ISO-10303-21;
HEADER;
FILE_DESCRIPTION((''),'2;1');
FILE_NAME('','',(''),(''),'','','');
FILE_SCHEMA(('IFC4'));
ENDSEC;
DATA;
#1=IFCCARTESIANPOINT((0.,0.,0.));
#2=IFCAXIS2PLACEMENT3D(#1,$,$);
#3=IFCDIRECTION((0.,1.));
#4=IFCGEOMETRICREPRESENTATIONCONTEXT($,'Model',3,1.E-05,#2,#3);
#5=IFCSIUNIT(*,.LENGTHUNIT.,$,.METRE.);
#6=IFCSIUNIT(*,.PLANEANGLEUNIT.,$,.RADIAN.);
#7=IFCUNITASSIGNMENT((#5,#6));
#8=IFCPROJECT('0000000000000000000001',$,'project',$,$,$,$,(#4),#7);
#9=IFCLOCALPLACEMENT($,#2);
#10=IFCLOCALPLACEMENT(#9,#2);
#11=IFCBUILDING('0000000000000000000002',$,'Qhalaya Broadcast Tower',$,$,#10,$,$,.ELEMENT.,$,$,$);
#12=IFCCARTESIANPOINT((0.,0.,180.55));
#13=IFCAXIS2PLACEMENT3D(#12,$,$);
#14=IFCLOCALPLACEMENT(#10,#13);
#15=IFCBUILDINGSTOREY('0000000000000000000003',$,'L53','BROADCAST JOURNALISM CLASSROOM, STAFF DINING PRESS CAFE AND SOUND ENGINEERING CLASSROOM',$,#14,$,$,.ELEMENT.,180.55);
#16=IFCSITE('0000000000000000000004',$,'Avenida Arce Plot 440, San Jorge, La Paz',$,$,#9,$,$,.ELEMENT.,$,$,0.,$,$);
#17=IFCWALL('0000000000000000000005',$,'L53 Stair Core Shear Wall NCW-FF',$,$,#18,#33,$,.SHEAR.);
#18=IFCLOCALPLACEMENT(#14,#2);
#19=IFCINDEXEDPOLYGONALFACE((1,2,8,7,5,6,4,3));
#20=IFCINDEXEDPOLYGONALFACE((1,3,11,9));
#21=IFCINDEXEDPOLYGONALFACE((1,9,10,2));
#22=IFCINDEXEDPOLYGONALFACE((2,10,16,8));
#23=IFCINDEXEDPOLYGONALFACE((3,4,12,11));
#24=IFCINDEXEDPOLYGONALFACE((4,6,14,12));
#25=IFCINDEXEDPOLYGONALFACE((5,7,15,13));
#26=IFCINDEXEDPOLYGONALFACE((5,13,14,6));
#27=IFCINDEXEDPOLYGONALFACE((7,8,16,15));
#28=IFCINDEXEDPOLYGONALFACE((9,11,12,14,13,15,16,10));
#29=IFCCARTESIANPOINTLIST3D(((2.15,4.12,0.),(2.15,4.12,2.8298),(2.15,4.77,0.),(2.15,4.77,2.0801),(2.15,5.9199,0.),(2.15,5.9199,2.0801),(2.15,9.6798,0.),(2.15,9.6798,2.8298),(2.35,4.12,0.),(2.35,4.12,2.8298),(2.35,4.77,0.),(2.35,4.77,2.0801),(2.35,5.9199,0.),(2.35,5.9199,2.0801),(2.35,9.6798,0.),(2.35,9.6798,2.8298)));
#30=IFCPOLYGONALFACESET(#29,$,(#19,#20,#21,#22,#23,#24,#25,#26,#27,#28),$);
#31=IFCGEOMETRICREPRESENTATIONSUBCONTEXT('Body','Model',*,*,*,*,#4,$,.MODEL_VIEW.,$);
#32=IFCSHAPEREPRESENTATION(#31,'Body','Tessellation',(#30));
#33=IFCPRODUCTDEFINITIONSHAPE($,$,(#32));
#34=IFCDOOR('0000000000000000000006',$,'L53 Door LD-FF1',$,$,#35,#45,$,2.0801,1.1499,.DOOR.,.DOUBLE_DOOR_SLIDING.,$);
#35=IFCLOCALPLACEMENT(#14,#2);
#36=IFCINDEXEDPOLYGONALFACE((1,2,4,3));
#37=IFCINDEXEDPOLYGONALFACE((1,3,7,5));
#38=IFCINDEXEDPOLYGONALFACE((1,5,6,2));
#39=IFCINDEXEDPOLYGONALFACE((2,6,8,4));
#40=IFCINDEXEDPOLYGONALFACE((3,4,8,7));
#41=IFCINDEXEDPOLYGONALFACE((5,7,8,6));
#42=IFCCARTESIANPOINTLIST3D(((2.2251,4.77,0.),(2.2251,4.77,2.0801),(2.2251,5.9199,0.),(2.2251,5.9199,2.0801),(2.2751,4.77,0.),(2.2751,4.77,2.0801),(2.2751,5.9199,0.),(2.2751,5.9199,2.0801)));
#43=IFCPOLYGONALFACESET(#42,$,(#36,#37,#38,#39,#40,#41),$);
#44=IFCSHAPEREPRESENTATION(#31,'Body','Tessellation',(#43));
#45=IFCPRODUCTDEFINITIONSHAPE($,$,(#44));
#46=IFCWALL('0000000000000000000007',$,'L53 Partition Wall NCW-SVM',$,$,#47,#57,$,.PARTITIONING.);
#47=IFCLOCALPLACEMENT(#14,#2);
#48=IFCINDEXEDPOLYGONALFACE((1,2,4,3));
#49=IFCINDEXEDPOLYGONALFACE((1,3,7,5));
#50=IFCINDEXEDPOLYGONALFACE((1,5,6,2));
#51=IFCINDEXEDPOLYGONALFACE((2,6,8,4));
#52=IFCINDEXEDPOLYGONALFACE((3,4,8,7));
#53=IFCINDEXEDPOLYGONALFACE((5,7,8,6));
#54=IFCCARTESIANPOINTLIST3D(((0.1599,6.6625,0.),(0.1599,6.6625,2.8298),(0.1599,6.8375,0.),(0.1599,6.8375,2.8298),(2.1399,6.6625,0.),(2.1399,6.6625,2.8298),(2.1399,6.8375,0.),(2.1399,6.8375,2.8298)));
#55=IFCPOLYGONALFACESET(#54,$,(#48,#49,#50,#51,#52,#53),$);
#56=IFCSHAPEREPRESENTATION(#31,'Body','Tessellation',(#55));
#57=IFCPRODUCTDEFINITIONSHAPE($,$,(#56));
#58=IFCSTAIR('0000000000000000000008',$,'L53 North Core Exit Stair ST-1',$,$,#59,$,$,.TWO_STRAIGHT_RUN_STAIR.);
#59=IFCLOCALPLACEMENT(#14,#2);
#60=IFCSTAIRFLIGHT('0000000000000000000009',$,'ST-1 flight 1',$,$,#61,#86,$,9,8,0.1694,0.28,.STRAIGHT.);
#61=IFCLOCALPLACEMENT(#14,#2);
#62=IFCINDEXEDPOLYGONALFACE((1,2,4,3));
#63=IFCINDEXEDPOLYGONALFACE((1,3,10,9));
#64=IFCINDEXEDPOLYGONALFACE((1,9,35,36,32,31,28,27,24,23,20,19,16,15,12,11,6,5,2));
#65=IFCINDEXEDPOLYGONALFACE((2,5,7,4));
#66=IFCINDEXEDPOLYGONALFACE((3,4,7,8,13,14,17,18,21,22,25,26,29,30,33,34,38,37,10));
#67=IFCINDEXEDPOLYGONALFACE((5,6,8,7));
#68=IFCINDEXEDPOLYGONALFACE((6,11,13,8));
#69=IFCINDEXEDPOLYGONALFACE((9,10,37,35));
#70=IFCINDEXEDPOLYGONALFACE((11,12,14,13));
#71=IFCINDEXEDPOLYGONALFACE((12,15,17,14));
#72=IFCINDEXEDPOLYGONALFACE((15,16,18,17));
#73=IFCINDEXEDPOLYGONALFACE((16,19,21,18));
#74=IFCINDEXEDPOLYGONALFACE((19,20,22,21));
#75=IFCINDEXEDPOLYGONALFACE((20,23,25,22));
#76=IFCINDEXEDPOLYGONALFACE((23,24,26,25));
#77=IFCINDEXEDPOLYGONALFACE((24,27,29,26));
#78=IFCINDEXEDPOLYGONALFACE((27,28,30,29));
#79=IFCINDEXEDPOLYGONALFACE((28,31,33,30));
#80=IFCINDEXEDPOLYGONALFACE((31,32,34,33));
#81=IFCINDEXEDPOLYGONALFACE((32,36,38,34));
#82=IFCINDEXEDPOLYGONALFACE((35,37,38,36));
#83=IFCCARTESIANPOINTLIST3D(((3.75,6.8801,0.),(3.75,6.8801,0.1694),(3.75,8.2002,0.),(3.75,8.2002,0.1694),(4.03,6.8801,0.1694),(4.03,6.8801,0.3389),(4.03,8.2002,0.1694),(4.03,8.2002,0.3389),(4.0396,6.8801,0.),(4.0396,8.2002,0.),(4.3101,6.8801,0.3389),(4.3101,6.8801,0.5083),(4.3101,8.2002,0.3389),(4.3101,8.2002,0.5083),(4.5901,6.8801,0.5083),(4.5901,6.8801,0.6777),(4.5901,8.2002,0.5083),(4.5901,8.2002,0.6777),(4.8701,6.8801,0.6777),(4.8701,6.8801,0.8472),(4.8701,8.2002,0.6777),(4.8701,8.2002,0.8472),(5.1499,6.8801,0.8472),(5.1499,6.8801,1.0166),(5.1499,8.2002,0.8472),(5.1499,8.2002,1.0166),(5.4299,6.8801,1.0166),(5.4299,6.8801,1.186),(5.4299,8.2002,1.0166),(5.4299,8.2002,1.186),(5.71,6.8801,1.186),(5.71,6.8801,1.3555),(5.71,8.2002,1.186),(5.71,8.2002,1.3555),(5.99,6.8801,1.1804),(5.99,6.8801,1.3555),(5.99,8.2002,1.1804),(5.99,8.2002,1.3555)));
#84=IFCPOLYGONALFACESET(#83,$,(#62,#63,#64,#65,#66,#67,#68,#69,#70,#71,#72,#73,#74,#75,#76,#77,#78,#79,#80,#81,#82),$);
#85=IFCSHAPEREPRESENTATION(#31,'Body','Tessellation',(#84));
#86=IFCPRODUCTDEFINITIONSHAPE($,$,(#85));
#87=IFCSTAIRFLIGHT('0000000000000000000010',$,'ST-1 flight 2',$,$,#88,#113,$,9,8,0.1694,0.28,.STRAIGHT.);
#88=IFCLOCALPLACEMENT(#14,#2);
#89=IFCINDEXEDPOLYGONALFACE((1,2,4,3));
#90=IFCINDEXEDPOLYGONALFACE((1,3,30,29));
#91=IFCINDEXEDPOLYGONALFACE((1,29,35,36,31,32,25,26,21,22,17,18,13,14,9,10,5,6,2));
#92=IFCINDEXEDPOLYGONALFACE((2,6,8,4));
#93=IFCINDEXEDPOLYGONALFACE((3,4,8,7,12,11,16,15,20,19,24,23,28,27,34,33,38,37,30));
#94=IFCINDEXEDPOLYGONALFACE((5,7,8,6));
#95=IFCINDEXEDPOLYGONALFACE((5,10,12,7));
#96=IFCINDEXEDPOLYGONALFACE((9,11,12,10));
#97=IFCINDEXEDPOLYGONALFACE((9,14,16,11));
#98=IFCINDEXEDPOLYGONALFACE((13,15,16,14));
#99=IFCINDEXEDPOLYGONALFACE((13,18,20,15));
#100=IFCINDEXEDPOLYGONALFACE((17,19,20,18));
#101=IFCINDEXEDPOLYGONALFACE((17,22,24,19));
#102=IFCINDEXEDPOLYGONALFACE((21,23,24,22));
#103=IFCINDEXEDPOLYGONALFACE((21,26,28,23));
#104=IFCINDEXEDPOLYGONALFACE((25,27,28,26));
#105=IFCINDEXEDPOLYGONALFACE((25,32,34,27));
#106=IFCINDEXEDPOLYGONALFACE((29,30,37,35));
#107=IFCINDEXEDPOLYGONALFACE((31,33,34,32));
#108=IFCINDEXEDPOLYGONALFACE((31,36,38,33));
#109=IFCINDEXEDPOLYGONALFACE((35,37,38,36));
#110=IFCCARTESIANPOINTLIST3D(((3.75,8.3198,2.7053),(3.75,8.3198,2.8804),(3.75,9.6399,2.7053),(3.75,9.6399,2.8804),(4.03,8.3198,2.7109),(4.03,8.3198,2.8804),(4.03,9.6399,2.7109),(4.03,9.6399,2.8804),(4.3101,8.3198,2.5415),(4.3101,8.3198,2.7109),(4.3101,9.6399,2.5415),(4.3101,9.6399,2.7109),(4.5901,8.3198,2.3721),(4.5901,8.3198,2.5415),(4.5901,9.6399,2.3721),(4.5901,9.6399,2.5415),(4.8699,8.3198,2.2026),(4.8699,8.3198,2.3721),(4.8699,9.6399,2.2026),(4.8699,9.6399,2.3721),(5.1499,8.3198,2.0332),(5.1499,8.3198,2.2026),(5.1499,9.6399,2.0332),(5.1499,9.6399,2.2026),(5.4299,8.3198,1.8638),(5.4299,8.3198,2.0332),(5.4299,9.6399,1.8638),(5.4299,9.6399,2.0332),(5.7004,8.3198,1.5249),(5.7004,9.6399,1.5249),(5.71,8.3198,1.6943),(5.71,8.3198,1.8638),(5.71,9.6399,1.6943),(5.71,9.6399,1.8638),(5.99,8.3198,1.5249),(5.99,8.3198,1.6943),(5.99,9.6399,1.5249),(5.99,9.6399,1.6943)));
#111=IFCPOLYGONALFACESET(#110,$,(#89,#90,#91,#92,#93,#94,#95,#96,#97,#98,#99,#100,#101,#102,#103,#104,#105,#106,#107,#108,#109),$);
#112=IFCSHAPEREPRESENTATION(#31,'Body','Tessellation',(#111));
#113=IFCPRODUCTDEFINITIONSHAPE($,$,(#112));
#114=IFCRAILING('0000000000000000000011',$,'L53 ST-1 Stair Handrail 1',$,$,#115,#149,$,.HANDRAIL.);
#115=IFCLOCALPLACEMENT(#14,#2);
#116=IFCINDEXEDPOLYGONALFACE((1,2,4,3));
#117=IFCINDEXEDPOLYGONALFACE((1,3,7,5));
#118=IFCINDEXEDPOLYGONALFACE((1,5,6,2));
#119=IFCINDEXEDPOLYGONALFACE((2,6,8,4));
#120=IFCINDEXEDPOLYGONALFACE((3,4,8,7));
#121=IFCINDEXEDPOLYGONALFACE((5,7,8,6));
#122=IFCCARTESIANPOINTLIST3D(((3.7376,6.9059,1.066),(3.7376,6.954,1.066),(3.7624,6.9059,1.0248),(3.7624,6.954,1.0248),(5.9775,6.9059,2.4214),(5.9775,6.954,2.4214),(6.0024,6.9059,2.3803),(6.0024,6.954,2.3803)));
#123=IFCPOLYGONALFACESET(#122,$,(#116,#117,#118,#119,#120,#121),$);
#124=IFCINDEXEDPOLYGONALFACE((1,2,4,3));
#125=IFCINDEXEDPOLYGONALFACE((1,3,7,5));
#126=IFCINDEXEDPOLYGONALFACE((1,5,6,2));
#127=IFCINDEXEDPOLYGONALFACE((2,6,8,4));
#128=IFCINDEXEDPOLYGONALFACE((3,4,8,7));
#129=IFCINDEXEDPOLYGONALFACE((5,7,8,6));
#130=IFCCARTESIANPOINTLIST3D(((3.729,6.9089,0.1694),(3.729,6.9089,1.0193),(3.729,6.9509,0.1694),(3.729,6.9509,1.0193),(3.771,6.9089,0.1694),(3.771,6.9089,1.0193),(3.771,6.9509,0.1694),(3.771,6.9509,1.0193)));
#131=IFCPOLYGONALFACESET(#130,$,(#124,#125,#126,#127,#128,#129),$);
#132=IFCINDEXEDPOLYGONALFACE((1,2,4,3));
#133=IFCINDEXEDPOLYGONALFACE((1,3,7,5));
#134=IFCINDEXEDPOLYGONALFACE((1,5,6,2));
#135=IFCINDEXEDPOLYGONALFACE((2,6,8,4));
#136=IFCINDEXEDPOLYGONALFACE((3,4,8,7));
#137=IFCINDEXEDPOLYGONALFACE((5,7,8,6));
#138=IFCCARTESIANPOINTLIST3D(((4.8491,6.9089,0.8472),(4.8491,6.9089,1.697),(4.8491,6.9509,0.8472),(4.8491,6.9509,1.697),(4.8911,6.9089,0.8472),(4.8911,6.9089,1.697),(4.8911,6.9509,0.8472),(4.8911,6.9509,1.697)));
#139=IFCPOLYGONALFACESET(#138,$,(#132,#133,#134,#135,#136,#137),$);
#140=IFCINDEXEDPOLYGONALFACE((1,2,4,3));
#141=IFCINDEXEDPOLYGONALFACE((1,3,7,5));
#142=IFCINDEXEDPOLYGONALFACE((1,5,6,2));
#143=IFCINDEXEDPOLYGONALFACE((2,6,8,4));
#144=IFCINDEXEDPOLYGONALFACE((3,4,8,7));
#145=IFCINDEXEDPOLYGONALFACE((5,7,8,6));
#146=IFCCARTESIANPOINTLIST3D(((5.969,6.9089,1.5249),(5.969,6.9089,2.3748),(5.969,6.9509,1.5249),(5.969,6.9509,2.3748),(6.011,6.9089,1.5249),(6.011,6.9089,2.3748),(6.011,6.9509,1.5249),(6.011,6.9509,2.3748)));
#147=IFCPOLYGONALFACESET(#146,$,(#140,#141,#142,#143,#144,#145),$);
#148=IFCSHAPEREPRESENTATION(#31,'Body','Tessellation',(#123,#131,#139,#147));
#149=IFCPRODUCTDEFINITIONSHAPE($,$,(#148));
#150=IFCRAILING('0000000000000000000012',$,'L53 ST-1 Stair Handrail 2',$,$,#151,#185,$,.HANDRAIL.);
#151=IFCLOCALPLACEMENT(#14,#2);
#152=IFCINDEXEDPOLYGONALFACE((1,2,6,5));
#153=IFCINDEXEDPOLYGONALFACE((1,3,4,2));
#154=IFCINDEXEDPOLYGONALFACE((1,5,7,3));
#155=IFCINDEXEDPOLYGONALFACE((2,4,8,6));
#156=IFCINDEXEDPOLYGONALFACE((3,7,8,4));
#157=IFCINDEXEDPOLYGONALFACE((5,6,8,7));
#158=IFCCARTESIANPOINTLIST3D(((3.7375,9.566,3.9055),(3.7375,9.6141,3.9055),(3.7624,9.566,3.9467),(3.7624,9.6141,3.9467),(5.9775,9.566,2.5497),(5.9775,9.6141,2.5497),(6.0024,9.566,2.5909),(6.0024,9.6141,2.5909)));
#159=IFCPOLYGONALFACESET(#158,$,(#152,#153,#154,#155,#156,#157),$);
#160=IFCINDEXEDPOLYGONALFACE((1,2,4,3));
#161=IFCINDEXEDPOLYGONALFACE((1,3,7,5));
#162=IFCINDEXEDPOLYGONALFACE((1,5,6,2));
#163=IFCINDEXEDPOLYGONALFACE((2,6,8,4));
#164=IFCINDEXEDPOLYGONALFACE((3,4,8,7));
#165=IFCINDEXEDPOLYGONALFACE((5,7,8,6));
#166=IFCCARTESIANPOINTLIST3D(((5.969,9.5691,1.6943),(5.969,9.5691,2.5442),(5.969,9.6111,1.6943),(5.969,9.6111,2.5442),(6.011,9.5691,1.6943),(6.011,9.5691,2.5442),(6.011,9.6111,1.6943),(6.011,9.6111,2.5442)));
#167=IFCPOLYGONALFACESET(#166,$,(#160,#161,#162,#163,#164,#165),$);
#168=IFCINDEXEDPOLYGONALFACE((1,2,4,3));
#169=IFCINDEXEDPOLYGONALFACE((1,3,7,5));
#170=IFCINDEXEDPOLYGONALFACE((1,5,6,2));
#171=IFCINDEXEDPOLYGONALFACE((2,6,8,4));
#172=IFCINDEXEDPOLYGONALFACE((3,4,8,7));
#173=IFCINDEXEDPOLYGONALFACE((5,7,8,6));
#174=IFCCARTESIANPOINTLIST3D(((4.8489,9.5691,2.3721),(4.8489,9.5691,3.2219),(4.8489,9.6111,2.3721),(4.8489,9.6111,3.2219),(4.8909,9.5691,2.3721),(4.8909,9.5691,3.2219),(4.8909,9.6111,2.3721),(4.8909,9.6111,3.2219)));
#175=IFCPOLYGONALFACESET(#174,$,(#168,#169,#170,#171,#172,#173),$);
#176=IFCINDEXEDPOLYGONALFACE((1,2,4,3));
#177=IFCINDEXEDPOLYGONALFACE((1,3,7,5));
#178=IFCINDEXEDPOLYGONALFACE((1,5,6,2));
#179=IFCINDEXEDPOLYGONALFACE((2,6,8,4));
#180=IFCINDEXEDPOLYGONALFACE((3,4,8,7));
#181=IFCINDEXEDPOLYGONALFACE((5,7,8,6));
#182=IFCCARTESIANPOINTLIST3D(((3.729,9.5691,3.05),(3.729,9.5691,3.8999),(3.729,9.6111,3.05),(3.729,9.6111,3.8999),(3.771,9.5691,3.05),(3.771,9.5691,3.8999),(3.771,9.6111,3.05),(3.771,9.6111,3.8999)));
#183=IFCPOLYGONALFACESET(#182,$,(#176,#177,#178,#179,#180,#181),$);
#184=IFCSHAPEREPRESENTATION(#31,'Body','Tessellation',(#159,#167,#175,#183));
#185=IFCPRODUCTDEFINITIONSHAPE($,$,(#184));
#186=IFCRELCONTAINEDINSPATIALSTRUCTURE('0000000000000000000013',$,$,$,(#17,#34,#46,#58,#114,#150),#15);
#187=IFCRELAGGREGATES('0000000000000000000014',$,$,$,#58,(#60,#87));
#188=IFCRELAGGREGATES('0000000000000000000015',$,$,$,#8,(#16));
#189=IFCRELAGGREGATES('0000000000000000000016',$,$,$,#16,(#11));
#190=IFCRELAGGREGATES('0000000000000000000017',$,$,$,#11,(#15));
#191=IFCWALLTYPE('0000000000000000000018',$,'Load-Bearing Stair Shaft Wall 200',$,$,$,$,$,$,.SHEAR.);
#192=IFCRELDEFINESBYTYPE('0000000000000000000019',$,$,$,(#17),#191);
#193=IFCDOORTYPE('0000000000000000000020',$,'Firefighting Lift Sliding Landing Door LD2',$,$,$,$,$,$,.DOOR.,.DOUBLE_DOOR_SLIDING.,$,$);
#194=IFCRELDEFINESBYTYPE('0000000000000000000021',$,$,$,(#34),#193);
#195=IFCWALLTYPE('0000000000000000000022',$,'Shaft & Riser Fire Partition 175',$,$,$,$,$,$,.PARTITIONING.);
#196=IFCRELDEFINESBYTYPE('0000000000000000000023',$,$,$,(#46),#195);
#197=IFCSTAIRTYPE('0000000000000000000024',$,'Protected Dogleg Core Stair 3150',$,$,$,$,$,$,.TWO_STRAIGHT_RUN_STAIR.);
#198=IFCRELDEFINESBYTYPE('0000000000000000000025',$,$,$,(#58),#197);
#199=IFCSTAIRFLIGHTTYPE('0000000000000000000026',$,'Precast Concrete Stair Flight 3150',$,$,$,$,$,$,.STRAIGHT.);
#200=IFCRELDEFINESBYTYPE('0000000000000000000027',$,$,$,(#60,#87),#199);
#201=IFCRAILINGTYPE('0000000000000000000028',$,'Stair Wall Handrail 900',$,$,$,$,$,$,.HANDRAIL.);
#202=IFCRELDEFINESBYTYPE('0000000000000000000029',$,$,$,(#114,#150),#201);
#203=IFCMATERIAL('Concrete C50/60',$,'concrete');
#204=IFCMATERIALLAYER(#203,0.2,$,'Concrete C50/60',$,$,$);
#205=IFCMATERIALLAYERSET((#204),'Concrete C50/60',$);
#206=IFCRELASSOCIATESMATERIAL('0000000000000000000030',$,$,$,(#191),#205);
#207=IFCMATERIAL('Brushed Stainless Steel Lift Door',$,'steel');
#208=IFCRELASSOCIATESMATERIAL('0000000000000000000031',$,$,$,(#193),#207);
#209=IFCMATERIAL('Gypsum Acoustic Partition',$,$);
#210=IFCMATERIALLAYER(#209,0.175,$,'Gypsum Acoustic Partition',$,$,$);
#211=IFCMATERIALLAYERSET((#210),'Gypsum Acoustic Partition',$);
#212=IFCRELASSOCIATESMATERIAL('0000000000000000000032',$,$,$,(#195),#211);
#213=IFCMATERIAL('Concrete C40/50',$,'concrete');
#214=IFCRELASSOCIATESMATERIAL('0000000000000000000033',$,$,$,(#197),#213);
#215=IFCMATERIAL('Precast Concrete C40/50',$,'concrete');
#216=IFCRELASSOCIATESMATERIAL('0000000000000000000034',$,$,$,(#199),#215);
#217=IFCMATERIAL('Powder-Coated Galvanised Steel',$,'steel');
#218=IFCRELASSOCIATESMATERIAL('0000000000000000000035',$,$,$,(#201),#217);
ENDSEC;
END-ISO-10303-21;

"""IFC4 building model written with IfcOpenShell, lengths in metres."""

from ifc_helpers import new_model, si_unit, direction, frame, frame_2d, origin, origin_2d, place, context, subcontext, project, spatial, polyline, rectangle, outline, extrude, material, layer, layer_set, type_object, element, fill, aggregate, save


model = new_model("IFC4")

# Units and contexts
model_context = context("Model", 3, precision=1e-05, world=origin(), true_north=direction((0.0, 1.0)))
body_context = subcontext(model_context, "Body", "Model", "MODEL_VIEW")
ifc_project = project(units=[si_unit("LENGTHUNIT", "METRE"), si_unit("PLANEANGLEUNIT", "RADIAN")], contexts=[model_context])

# Site, building, storey
site_placement = place(None, origin())
site = spatial("IfcSite", under=ifc_project, at=site_placement, Name="Avenida Arce Plot 440, San Jorge, La Paz", CompositionType="ELEMENT", RefElevation=0.0)
building_placement = place(site_placement, origin())
building = spatial("IfcBuilding", under=site, at=building_placement, Name="Qhalaya Broadcast Tower", CompositionType="ELEMENT")
storey_placement = place(building_placement, frame((0.0, 0.0, 180.55)))
storey = spatial("IfcBuildingStorey", under=building, at=storey_placement, Name="L53", Description="BROADCAST JOURNALISM CLASSROOM, STAFF DINING PRESS CAFE AND SOUND ENGINEERING CLASSROOM", CompositionType="ELEMENT", Elevation=180.55)

# Shared definitions
ifc_material_1 = material(Name="Concrete C50/60", Category="concrete")

# Wall, opening, door
ifc_layer_1 = layer(ifc_material_1, 0.2, Name="Concrete C50/60")
ifc_layer_set_1 = layer_set([ifc_layer_1], Name="Concrete C50/60")
wall_type_1 = type_object("IfcWallType", Name="Load-Bearing Stair Shaft Wall 200", PredefinedType="SHEAR", material=ifc_layer_set_1)
wall_1_placement = place(storey_placement, frame((2.25, 4.1201, 0.0), z_axis=(0.0, 0.0, 1.0), x_axis=(0.0, 1.0, 0.0)))
wall_1 = element("IfcWall", 1, at=wall_1_placement, inside=storey, type_object=wall_type_1, Name="L53 Stair Core Shear Wall NCW-FF", PredefinedType="SHEAR", context=body_context, shape_type="SweptSolid", body=[
    extrude(rectangle(XDim=5.5598, YDim=0.2, at=frame_2d((2.7798, 0.0))), origin(), (0.0, 0.0, 1.0), 2.8298),
])
opening_1_placement = place(wall_1_placement, frame((0.6499, 0.0, 0.0)))
opening_1 = element("IfcOpeningElement", 2, at=opening_1_placement, cuts=wall_1, PredefinedType="OPENING", context=body_context, shape_type="SweptSolid", body=[
    extrude(rectangle(XDim=1.1499, YDim=2.0801, at=frame_2d((0.575, 1.04))), frame((0.0, 0.1121, 0.0), z_axis=(0.0, -1.0, 0.0), x_axis=(1.0, 0.0, 0.0)), (0.0, 0.0, 1.0), 0.2239),
])
ifc_material_2 = material(Name="Brushed Stainless Steel Lift Door", Category="steel")
door_type_1 = type_object("IfcDoorType", Name="Firefighting Lift Sliding Landing Door LD2", OperationType="DOUBLE_DOOR_SLIDING", PredefinedType="DOOR", material=ifc_material_2)
door_1_placement = place(opening_1_placement, origin())
door_1 = element("IfcDoor", 3, at=door_1_placement, inside=storey, type_object=door_type_1, Name="L53 Door LD-FF1", OperationType="DOUBLE_DOOR_SLIDING", OverallHeight=2.0801, OverallWidth=1.1499, PredefinedType="DOOR", context=body_context, shape_type="SweptSolid", body=[
    extrude(rectangle(XDim=1.1499, YDim=2.0801, at=frame_2d((0.575, 1.04))), frame((0.0, 0.0249, 0.0), z_axis=(0.0, -1.0, 0.0), x_axis=(1.0, 0.0, 0.0)), (0.0, 0.0, 1.0), 0.05),
])
fill(opening_1, door_1)
ifc_material_3 = material(Name="Gypsum Acoustic Partition")
ifc_layer_2 = layer(ifc_material_3, 0.175, Name="Gypsum Acoustic Partition")
ifc_layer_set_2 = layer_set([ifc_layer_2], Name="Gypsum Acoustic Partition")
wall_type_2 = type_object("IfcWallType", Name="Shaft & Riser Fire Partition 175", PredefinedType="PARTITIONING", material=ifc_layer_set_2)

# Wall
wall_2_placement = place(storey_placement, frame((0.1599, 6.75, 0.0), z_axis=(0.0, 0.0, 1.0), x_axis=(1.0, 0.0, 0.0)))
element("IfcWall", 4, at=wall_2_placement, inside=storey, type_object=wall_type_2, Name="L53 Partition Wall NCW-SVM", PredefinedType="PARTITIONING", context=body_context, shape_type="SweptSolid", body=[
    extrude(rectangle(XDim=1.98, YDim=0.175, at=frame_2d((0.99, 0.0))), origin(), (0.0, 0.0, 1.0), 2.8298),
])

# Stair, stair flights
ifc_material_4 = material(Name="Concrete C40/50", Category="concrete")
stair_type = type_object("IfcStairType", Name="Protected Dogleg Core Stair 3150", PredefinedType="TWO_STRAIGHT_RUN_STAIR", material=ifc_material_4)
stair_placement = place(storey_placement, origin())
stair = element("IfcStair", 5, at=stair_placement, inside=storey, type_object=stair_type, Name="L53 North Core Exit Stair ST-1", PredefinedType="TWO_STRAIGHT_RUN_STAIR")
ifc_material_5 = material(Name="Precast Concrete C40/50", Category="concrete")
stair_flight_type = type_object("IfcStairFlightType", Name="Precast Concrete Stair Flight 3150", PredefinedType="STRAIGHT", material=ifc_material_5)
stair_flight_1_placement = place(storey_placement, frame((3.75, 7.54, 0.0), z_axis=(0.0, 0.0, 1.0), x_axis=(1.0, 0.0, 0.0)))
stair_flight_1 = element("IfcStairFlight", 6, at=stair_flight_1_placement, type_object=stair_flight_type, Name="ST-1 flight 1", NumberOfRisers=9, NumberOfTreads=8, PredefinedType="STRAIGHT", RiserHeight=0.1694, TreadLength=0.28, context=body_context, shape_type="SweptSolid", body=[
    extrude(outline(polyline([(0.0, 0.0), (0.0, 0.1694), (0.28, 0.1694), (0.28, 0.3389), (0.5601, 0.3389), (0.5601, 0.5083), (0.8401, 0.5083), (0.8401, 0.6777), (1.1201, 0.6777), (1.1201, 0.8472), (1.3999, 0.8472), (1.3999, 1.0166), (1.6799, 1.0166), (1.6799, 1.186), (1.96, 1.186), (1.96, 1.3555), (2.24, 1.3555), (2.24, 1.5249), (2.24, 1.1804), (0.2896, 0.0), (0.0, 0.0)])), frame((0.0, 0.6602, 0.0), z_axis=(0.0, -1.0, 0.0), x_axis=(1.0, 0.0, 0.0)), (0.0, 0.0, 1.0), 1.3201),
])
stair_flight_2_placement = place(storey_placement, frame((5.99, 8.98, 1.5249), z_axis=(0.0, 0.0, 1.0), x_axis=(-1.0, 0.0, 0.0)))
stair_flight_2 = element("IfcStairFlight", 7, at=stair_flight_2_placement, type_object=stair_flight_type, Name="ST-1 flight 2", NumberOfRisers=9, NumberOfTreads=8, PredefinedType="STRAIGHT", RiserHeight=0.1694, TreadLength=0.28, context=body_context, shape_type="SweptSolid", body=[
    extrude(outline(polyline([(0.0, 0.0), (0.0, 0.1694), (0.28, 0.1694), (0.28, 0.3389), (0.5601, 0.3389), (0.5601, 0.5083), (0.8401, 0.5083), (0.8401, 0.6777), (1.1201, 0.6777), (1.1201, 0.8472), (1.3999, 0.8472), (1.3999, 1.0166), (1.6799, 1.0166), (1.6799, 1.186), (1.96, 1.186), (1.96, 1.3555), (2.24, 1.3555), (2.24, 1.5249), (2.24, 1.1804), (0.2896, 0.0), (0.0, 0.0)])), frame((0.0, 0.6602, 0.0), z_axis=(0.0, -1.0, 0.0), x_axis=(1.0, 0.0, 0.0)), (0.0, 0.0, 1.0), 1.3201),
])
aggregate(stair, [stair_flight_1, stair_flight_2])

# Railings
ifc_material_6 = material(Name="Powder-Coated Galvanised Steel", Category="steel")
railing_type_1 = type_object("IfcRailingType", Name="Stair Wall Handrail 900", PredefinedType="HANDRAIL", material=ifc_material_6)
railing_1_placement = place(storey_placement, frame((3.75, 6.9299, 0.1694)))
element("IfcRailing", 8, at=railing_1_placement, inside=storey, type_object=railing_type_1, Name="L53 ST-1 Stair Handrail 1", PredefinedType="HANDRAIL", context=body_context, shape_type="SweptSolid", body=[
    extrude(rectangle(XDim=0.0481, YDim=0.0481, at=origin_2d()), frame((0.0, 0.0, 0.876), z_axis=(0.855553, 0.0, 0.517715), x_axis=(0.0, 1.0, 0.0)), (0.0, 0.0, 1.0), 2.6182),
    extrude(rectangle(XDim=0.042, YDim=0.042, at=origin_2d()), origin(), (0.0, 0.0, 1.0), 0.8499),
    extrude(rectangle(XDim=0.042, YDim=0.042, at=origin_2d()), frame((1.1201, 0.0, 0.6777)), (0.0, 0.0, 1.0), 0.8499),
    extrude(rectangle(XDim=0.042, YDim=0.042, at=origin_2d()), frame((2.24, 0.0, 1.3555)), (0.0, 0.0, 1.0), 0.8499),
])
railing_2_placement = place(storey_placement, frame((5.99, 9.5901, 1.6943)))
element("IfcRailing", 9, at=railing_2_placement, inside=storey, type_object=railing_type_1, Name="L53 ST-1 Stair Handrail 2", PredefinedType="HANDRAIL", context=body_context, shape_type="SweptSolid", body=[
    extrude(rectangle(XDim=0.0481, YDim=0.0481, at=origin_2d()), frame((0.0, 0.0, 0.876), z_axis=(-0.855512, 0.0, 0.517783), x_axis=(0.0, -1.0, 0.0)), (0.0, 0.0, 1.0), 2.6184),
    extrude(rectangle(XDim=0.042, YDim=0.042, at=origin_2d()), origin(), (0.0, 0.0, 1.0), 0.8499),
    extrude(rectangle(XDim=0.042, YDim=0.042, at=origin_2d()), frame((-1.1201, 0.0, 0.6777)), (0.0, 0.0, 1.0), 0.8499),
    extrude(rectangle(XDim=0.042, YDim=0.042, at=origin_2d()), frame((-2.24, 0.0, 1.3557)), (0.0, 0.0, 1.0), 0.8499),
])

save(model, "model.ifc")
